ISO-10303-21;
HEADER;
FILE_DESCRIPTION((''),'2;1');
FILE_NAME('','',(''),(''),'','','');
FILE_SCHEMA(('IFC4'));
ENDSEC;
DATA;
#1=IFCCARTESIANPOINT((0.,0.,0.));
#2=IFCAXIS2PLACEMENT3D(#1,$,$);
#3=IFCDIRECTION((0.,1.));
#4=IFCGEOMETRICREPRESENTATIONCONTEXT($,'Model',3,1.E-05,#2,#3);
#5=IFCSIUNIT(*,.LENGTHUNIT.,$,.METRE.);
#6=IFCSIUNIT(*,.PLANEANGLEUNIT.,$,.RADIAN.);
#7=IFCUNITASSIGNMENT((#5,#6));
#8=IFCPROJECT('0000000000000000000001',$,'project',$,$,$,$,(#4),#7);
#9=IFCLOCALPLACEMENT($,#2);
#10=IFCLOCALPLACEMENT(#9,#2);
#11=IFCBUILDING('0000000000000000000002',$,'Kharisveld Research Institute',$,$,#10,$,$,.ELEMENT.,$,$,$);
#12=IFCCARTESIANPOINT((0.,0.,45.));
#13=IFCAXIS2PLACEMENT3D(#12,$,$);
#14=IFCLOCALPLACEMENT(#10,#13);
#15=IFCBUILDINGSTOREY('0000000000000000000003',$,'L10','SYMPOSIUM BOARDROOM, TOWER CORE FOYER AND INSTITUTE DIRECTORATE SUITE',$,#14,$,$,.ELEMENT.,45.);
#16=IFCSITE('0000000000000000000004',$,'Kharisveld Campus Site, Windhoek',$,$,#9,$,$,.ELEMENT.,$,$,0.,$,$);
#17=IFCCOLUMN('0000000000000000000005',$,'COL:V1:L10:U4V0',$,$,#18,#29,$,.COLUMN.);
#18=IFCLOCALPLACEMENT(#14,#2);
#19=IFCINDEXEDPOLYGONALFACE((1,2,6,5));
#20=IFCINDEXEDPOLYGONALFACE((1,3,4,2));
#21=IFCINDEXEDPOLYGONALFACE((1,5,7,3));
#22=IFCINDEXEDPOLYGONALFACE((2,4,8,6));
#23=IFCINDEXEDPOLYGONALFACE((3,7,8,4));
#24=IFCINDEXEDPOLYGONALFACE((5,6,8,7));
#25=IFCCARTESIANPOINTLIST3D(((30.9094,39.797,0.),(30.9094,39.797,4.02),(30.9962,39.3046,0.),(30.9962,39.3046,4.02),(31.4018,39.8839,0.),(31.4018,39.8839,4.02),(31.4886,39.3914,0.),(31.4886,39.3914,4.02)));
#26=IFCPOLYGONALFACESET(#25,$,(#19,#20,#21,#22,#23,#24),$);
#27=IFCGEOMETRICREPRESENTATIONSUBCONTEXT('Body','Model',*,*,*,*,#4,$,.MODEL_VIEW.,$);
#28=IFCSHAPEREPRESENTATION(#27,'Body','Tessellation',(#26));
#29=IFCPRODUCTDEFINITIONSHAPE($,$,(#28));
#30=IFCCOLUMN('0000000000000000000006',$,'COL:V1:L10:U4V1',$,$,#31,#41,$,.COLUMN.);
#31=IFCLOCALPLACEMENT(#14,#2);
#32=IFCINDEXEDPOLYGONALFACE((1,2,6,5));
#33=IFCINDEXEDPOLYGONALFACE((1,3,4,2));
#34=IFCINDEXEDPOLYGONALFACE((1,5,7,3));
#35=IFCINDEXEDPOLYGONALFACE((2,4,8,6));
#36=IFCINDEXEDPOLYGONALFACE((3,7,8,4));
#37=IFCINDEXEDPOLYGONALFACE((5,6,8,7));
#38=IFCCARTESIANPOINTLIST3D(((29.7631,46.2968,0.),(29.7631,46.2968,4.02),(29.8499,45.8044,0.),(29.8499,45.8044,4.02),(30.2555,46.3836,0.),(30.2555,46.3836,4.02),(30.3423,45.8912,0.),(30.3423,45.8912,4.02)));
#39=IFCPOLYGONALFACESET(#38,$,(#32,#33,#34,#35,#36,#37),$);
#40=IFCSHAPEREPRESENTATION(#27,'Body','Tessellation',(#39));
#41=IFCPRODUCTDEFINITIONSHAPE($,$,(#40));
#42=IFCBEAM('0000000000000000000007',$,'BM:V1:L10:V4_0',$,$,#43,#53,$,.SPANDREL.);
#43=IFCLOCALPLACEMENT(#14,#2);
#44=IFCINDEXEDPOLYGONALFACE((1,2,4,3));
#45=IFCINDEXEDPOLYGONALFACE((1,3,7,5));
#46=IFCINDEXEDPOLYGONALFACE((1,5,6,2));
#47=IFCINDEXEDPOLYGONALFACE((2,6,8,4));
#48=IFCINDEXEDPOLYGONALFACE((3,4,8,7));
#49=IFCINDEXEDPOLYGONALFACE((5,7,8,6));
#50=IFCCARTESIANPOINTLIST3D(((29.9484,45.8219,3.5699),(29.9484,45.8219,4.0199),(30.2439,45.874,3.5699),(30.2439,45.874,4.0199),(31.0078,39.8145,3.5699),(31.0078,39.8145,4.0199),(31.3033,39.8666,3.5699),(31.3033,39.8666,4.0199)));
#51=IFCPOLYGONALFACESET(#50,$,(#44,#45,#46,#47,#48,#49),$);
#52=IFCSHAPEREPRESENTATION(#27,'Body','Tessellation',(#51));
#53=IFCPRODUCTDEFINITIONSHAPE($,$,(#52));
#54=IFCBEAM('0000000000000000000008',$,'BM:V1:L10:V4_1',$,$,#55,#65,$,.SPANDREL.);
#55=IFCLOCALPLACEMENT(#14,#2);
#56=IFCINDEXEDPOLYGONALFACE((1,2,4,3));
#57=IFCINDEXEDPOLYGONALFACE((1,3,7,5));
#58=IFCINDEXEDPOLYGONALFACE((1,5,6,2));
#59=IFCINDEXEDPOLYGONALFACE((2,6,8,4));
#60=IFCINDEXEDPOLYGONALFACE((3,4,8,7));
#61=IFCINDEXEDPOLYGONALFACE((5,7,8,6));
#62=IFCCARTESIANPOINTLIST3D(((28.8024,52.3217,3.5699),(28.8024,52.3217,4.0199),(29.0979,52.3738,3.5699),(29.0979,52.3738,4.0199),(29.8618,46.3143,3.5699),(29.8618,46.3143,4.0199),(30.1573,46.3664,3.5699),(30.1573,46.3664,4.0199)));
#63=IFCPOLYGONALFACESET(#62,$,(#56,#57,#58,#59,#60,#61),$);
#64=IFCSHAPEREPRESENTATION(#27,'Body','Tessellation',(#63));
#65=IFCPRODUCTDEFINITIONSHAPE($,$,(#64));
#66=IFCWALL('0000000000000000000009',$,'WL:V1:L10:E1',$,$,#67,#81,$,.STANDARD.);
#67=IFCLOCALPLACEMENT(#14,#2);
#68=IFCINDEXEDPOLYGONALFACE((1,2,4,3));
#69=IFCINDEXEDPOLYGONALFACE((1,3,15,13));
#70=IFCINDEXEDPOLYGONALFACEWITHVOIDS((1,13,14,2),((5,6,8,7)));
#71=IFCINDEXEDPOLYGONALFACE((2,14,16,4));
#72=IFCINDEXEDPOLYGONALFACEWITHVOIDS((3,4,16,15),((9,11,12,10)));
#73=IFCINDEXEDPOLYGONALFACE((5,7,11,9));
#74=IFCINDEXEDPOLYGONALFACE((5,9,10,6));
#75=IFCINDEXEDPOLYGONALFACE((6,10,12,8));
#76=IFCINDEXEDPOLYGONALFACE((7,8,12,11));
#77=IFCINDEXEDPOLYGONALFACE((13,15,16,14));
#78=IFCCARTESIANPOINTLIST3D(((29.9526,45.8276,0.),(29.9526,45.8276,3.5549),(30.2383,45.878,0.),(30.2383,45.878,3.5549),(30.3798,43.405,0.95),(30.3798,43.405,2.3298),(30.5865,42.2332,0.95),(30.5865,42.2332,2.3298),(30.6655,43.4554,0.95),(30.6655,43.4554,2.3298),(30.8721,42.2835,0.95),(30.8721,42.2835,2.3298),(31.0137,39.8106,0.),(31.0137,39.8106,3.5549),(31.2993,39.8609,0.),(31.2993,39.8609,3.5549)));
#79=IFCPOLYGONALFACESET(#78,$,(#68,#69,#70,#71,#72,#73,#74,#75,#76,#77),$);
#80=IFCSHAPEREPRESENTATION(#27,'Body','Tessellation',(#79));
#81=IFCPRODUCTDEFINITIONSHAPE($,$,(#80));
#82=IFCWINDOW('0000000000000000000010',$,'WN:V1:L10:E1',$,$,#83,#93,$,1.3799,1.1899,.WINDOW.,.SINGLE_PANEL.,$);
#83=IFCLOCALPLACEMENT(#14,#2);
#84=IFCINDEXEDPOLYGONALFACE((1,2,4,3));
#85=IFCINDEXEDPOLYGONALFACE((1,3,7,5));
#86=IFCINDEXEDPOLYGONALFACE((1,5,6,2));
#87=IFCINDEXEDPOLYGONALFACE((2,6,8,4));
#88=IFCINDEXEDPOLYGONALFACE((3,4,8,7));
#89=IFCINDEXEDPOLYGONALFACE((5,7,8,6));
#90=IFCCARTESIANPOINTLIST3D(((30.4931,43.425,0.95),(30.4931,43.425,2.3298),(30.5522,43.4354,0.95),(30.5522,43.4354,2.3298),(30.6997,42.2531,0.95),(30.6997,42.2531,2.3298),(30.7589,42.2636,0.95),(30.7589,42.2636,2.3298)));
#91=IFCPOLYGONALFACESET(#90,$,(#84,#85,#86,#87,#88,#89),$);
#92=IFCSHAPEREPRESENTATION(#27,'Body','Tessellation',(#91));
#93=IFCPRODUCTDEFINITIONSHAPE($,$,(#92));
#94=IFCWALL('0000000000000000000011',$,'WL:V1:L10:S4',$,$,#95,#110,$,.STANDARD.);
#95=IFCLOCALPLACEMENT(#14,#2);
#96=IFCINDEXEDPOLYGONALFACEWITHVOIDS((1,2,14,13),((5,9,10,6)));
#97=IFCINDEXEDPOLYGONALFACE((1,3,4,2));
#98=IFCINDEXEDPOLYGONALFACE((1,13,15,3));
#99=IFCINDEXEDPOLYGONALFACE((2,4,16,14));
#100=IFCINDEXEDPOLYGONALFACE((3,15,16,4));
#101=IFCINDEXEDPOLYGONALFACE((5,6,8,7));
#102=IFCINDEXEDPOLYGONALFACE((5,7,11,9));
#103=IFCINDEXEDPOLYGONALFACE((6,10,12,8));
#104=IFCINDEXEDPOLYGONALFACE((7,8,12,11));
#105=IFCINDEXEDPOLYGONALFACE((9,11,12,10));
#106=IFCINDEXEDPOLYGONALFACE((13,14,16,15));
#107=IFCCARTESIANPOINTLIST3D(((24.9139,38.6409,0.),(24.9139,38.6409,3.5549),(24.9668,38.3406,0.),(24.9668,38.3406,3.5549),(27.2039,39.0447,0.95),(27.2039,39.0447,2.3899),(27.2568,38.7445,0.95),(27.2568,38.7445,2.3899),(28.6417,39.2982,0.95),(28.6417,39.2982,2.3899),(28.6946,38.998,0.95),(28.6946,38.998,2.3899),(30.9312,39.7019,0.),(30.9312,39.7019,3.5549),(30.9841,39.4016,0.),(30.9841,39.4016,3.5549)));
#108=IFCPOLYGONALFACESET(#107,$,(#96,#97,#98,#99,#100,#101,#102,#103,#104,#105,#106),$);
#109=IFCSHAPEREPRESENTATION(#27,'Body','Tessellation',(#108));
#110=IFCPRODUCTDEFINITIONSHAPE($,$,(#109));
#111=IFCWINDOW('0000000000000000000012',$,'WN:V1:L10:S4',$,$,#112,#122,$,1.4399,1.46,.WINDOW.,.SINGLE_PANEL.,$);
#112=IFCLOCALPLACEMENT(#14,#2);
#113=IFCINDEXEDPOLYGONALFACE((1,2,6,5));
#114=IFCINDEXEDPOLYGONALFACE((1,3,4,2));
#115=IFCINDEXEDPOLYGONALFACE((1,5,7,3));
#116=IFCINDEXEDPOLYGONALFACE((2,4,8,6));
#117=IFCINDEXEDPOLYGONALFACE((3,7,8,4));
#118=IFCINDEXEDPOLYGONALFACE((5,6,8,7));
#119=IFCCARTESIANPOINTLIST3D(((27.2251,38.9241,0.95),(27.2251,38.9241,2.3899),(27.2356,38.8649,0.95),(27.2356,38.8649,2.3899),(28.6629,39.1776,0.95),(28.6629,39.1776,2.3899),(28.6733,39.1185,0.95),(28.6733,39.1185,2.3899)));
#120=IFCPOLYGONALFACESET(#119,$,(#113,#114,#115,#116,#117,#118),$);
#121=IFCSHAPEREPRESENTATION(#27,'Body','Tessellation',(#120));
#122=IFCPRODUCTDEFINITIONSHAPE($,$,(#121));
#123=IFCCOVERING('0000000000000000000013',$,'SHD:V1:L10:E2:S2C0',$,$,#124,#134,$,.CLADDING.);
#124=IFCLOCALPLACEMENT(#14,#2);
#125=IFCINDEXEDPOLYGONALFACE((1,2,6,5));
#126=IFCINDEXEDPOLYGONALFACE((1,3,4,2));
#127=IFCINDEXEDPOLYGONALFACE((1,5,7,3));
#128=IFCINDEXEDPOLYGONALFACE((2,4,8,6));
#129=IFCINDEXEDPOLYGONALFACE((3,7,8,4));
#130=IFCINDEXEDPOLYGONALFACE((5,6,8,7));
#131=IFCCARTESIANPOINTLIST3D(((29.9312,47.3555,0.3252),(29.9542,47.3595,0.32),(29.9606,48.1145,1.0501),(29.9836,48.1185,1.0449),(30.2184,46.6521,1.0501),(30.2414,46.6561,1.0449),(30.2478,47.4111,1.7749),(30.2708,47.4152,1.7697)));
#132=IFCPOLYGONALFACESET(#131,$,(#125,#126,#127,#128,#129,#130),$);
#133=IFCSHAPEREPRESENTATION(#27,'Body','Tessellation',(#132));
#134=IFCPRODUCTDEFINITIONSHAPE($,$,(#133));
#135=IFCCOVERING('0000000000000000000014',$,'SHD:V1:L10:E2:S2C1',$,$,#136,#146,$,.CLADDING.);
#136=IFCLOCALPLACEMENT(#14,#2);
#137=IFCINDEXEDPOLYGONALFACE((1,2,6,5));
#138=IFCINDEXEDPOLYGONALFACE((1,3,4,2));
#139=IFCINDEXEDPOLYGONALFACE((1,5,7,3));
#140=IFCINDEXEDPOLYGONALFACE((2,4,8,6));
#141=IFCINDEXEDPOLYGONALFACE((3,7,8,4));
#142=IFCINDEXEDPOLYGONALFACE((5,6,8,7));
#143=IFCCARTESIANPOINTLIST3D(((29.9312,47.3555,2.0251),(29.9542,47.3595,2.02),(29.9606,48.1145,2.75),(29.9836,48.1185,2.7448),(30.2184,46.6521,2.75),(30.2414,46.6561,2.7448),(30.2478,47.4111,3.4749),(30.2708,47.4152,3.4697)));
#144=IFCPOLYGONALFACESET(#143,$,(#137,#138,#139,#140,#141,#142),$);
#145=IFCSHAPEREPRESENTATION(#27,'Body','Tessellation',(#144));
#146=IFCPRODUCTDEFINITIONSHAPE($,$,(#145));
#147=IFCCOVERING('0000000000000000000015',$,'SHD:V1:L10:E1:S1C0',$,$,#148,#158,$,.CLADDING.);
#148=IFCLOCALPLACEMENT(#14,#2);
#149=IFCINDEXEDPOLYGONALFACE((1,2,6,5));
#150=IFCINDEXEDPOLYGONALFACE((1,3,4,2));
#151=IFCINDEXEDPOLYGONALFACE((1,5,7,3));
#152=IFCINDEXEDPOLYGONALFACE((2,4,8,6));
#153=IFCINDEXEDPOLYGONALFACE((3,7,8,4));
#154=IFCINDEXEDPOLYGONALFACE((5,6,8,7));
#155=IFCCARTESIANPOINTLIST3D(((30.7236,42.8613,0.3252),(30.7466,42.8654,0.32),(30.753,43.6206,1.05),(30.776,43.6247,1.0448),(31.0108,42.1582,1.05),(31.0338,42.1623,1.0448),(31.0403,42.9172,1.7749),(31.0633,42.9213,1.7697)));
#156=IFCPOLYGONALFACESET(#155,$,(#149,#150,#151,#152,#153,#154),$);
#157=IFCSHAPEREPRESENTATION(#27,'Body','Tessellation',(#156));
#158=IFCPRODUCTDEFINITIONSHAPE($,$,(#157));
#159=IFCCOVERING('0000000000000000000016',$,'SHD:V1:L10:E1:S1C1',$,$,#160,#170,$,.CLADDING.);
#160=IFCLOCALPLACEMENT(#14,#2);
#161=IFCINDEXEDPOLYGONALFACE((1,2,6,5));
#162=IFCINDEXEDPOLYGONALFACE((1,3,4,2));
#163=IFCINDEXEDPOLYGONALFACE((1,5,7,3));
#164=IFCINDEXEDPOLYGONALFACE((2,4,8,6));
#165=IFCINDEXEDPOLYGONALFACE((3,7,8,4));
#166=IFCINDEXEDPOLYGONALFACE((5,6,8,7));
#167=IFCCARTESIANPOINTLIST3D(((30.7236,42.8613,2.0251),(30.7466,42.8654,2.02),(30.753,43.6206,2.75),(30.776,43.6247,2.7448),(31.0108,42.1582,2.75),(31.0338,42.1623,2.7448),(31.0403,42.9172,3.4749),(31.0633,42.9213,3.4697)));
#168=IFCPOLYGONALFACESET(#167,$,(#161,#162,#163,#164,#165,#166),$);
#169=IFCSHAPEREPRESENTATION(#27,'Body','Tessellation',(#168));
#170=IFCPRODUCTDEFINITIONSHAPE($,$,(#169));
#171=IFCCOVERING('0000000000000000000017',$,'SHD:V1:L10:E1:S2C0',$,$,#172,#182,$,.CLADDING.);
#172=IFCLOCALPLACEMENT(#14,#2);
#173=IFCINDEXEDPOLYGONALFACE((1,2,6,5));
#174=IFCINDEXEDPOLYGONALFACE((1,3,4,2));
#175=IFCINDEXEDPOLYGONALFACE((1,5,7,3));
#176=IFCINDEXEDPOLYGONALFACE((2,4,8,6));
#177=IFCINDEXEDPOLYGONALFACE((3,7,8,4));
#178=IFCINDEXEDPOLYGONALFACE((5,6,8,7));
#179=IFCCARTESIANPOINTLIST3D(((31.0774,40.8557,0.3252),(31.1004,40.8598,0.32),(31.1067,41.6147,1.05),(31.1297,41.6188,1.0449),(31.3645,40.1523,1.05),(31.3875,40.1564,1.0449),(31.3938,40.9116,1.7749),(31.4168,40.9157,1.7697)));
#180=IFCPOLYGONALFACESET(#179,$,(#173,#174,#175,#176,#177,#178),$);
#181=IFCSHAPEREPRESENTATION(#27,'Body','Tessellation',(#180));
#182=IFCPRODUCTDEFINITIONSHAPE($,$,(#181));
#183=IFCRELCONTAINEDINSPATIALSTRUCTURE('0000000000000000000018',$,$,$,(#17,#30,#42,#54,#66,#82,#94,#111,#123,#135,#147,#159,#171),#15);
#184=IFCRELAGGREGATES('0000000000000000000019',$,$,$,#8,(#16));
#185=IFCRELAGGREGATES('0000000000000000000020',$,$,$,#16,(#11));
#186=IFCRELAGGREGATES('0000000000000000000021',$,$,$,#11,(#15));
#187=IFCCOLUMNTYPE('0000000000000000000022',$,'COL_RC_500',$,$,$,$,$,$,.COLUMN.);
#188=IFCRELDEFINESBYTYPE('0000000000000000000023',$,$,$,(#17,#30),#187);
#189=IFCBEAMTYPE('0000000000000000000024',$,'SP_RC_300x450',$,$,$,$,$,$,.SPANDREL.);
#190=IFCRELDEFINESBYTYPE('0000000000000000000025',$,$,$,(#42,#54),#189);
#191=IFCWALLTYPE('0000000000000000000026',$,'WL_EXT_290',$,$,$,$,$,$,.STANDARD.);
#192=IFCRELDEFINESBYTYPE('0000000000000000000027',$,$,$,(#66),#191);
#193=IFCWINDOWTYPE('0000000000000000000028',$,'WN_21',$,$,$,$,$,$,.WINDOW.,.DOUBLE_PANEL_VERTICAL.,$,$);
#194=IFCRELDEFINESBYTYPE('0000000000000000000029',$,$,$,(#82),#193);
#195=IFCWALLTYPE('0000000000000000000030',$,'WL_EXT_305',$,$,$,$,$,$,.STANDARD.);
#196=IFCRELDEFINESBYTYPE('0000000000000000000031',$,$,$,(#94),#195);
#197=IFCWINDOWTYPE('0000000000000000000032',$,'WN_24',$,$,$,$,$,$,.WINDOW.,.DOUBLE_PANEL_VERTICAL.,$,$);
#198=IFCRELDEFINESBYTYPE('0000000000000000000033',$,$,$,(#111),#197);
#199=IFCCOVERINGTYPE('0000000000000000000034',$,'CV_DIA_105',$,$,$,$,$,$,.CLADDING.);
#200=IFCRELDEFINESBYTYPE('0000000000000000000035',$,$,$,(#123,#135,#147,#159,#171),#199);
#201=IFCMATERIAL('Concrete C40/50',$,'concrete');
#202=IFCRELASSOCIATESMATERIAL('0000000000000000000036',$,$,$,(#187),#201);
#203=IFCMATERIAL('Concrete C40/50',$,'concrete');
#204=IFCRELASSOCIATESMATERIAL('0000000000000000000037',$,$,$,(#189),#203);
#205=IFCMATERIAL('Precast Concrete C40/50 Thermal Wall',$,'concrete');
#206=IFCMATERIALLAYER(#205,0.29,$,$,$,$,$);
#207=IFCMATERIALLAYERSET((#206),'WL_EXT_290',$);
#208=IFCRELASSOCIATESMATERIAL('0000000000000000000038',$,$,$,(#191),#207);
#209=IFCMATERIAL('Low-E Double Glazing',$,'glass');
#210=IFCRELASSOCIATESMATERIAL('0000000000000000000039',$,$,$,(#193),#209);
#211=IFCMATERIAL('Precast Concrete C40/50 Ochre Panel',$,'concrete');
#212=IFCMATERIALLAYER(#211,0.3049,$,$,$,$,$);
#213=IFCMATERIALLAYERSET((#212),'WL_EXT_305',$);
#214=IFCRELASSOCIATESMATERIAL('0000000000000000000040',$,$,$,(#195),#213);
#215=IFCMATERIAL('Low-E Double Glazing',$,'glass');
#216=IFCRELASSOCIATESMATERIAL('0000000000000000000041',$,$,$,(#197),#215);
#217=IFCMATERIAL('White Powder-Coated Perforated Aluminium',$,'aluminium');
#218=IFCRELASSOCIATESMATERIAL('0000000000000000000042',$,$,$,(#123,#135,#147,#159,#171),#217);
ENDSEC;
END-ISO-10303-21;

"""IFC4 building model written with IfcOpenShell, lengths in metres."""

from ifc_helpers import new_model, si_unit, direction, frame, frame_2d, origin, origin_2d, place, context, subcontext, project, spatial, polyline, rectangle, outline, extrude, material, layer, layer_set, material_profile, profile_set, type_object, element, fill, save


model = new_model("IFC4")

# Units and contexts
model_context = context("Model", 3, precision=1e-05, world=origin(), true_north=direction((0.0, 1.0)))
body_context = subcontext(model_context, "Body", "Model", "MODEL_VIEW")
ifc_project = project(units=[si_unit("LENGTHUNIT", "METRE"), si_unit("PLANEANGLEUNIT", "RADIAN")], contexts=[model_context])

# Site, building, storey
site_placement = place(None, origin())
site = spatial("IfcSite", under=ifc_project, at=site_placement, Name="Kharisveld Campus Site, Windhoek", CompositionType="ELEMENT", RefElevation=0.0)
building_placement = place(site_placement, origin())
building = spatial("IfcBuilding", under=site, at=building_placement, Name="Kharisveld Research Institute", CompositionType="ELEMENT")
storey_placement = place(building_placement, frame((0.0, 0.0, 45.0)))
storey = spatial("IfcBuildingStorey", under=building, at=storey_placement, Name="L10", Description="SYMPOSIUM BOARDROOM, TOWER CORE FOYER AND INSTITUTE DIRECTORATE SUITE", CompositionType="ELEMENT", Elevation=45.0)

# Columns
ifc_material_1 = material(Name="Concrete C40/50", Category="concrete")
ifc_material_profile_1 = material_profile(ifc_material_1, rectangle(XDim=0.5, YDim=0.5, at=origin_2d()))
ifc_profile_set_1 = profile_set([ifc_material_profile_1], Name="Concrete C40/50")
column_type = type_object("IfcColumnType", Name="COL_RC_500", PredefinedType="COLUMN", material=ifc_profile_set_1)
for number, where, z_axis, x_axis, name in (
    (1, (31.199, 39.5942, 0.0), (0.0, 0.0, 1.0), (0.984808, 0.173648, 0.0), "COL:V1:L10:U4V0"),
    (2, (30.0527, 46.094, 0.0), (0.0, 0.0, 1.0), (0.984808, 0.173648, 0.0), "COL:V1:L10:U4V1"),
):
    element("IfcColumn", number, at=place(storey_placement, frame(where, z_axis=z_axis, x_axis=x_axis)), inside=storey, type_object=column_type, Name=name, PredefinedType="COLUMN", context=body_context, shape_type="SweptSolid", body=[
        extrude(rectangle(XDim=0.5, YDim=0.5, at=origin_2d()), origin(), (0.0, 0.0, 1.0), 4.02),
    ])

# Beams
ifc_material_2 = material(Name="Concrete C40/50", Category="concrete")
ifc_material_profile_2 = material_profile(ifc_material_2, rectangle(XDim=0.3, YDim=0.45, at=origin_2d()))
ifc_profile_set_2 = profile_set([ifc_material_profile_2], Name="Concrete C40/50")
beam_type = type_object("IfcBeamType", Name="SP_RC_300x450", PredefinedType="SPANDREL", material=ifc_profile_set_2)
for number, where, z_axis, x_axis, name in (
    (3, (31.1555, 39.8406, 3.7949), (-0.17366, 0.984806, 0.0), (-0.984806, -0.17366, 0.0), "BM:V1:L10:V4_0"),
    (4, (30.0095, 46.3403, 3.7949), (-0.17366, 0.984806, 0.0), (-0.984806, -0.17366, 0.0), "BM:V1:L10:V4_1"),
):
    element("IfcBeam", number, at=place(storey_placement, frame(where, z_axis=z_axis, x_axis=x_axis)), inside=storey, type_object=beam_type, Name=name, PredefinedType="SPANDREL", context=body_context, shape_type="SweptSolid", body=[
        extrude(rectangle(XDim=0.3, YDim=0.45, at=origin_2d()), origin(), (0.0, 0.0, 1.0), 6.1001),
    ])

# Walls, openings, windows
ifc_material_3 = material(Name="Precast Concrete C40/50 Thermal Wall", Category="concrete")
ifc_layer_1 = layer(ifc_material_3, 0.29)
ifc_layer_set_1 = layer_set([ifc_layer_1], Name="WL_EXT_290")
wall_type_1 = type_object("IfcWallType", Name="WL_EXT_290", PredefinedType="STANDARD", material=ifc_layer_set_1)
wall_1_placement = place(storey_placement, frame((30.0955, 45.8528, 0.0), z_axis=(0.0, 0.0, 1.0), x_axis=(0.173658, -0.984806, 0.0)))
wall_1 = element("IfcWall", 5, at=wall_1_placement, inside=storey, type_object=wall_type_1, Name="WL:V1:L10:E1", PredefinedType="STANDARD", context=body_context, shape_type="SweptSolid", body=[
    extrude(rectangle(XDim=6.1099, YDim=0.29, at=frame_2d((3.0549, 0.0))), origin(), (0.0, 0.0, 1.0), 3.5549),
])
opening_1_placement = place(wall_1_placement, frame((2.46, 0.0, 0.95)))
opening_1 = element("IfcOpeningElement", 6, at=opening_1_placement, cuts=wall_1, PredefinedType="OPENING", context=body_context, shape_type="SweptSolid", body=[
    extrude(rectangle(XDim=1.1899, YDim=1.3799, at=frame_2d((0.595, 0.6899))), frame((0.0, 0.145, 0.0), z_axis=(0.0, -1.0, 0.0), x_axis=(1.0, 0.0, 0.0)), (0.0, 0.0, 1.0), 0.29),
])
ifc_material_4 = material(Name="Low-E Double Glazing", Category="glass")
window_type_1 = type_object("IfcWindowType", Name="WN_21", PartitioningType="DOUBLE_PANEL_VERTICAL", PredefinedType="WINDOW", material=ifc_material_4)
window_1_placement = place(opening_1_placement, origin())
window_1 = element("IfcWindow", 7, at=window_1_placement, inside=storey, type_object=window_type_1, Name="WN:V1:L10:E1", OverallHeight=1.3799, OverallWidth=1.1899, PartitioningType="SINGLE_PANEL", PredefinedType="WINDOW", context=body_context, shape_type="SweptSolid", body=[
    extrude(rectangle(XDim=1.1899, YDim=1.3799, at=frame_2d((0.595, 0.6899))), frame((0.0, 0.03, 0.0), z_axis=(0.0, -1.0, 0.0), x_axis=(1.0, 0.0, 0.0)), (0.0, 0.0, 1.0), 0.0601),
])
fill(opening_1, window_1)
ifc_material_5 = material(Name="Precast Concrete C40/50 Ochre Panel", Category="concrete")
ifc_layer_2 = layer(ifc_material_5, 0.3049)
ifc_layer_set_2 = layer_set([ifc_layer_2], Name="WL_EXT_305")
wall_type_2 = type_object("IfcWallType", Name="WL_EXT_305", PredefinedType="STANDARD", material=ifc_layer_set_2)
wall_2_placement = place(storey_placement, frame((30.9578, 39.5518, 0.0), z_axis=(0.0, 0.0, 1.0), x_axis=(-0.984807, -0.173651, 0.0)))
wall_2 = element("IfcWall", 8, at=wall_2_placement, inside=storey, type_object=wall_type_2, Name="WL:V1:L10:S4", PredefinedType="STANDARD", context=body_context, shape_type="SweptSolid", body=[
    extrude(rectangle(XDim=6.1101, YDim=0.3049, at=frame_2d((3.0552, 0.0))), origin(), (0.0, 0.0, 1.0), 3.5549),
])
opening_2_placement = place(wall_2_placement, frame((2.325, 0.0, 0.95)))
opening_2 = element("IfcOpeningElement", 9, at=opening_2_placement, cuts=wall_2, PredefinedType="OPENING", context=body_context, shape_type="SweptSolid", body=[
    extrude(rectangle(XDim=1.46, YDim=1.4399, at=frame_2d((0.73, 0.72))), frame((0.0, 0.1523, 0.0), z_axis=(0.0, -1.0, 0.0), x_axis=(1.0, 0.0, 0.0)), (0.0, 0.0, 1.0), 0.3049),
])
ifc_material_6 = material(Name="Low-E Double Glazing", Category="glass")
window_type_2 = type_object("IfcWindowType", Name="WN_24", PartitioningType="DOUBLE_PANEL_VERTICAL", PredefinedType="WINDOW", material=ifc_material_6)
window_2_placement = place(opening_2_placement, origin())
window_2 = element("IfcWindow", 10, at=window_2_placement, inside=storey, type_object=window_type_2, Name="WN:V1:L10:S4", OverallHeight=1.4399, OverallWidth=1.46, PartitioningType="SINGLE_PANEL", PredefinedType="WINDOW", context=body_context, shape_type="SweptSolid", body=[
    extrude(rectangle(XDim=1.46, YDim=1.4399, at=frame_2d((0.73, 0.72))), frame((0.0, 0.03, 0.0), z_axis=(0.0, -1.0, 0.0), x_axis=(1.0, 0.0, 0.0)), (0.0, 0.0, 1.0), 0.0601),
])
fill(opening_2, window_2)

# Coverings
ifc_material_7 = material(Name="White Powder-Coated Perforated Aluminium", Category="aluminium")
covering_type = type_object("IfcCoveringType", Name="CV_DIA_105", PredefinedType="CLADDING")
for number, where, z_axis, x_axis, name in (
    (11, (29.9312, 47.3555, 0.3252), (-0.961453, -0.169498, 0.216512), (0.273536, -0.66983, 0.690294), "SHD:V1:L10:E2:S2C0"),
    (12, (29.9312, 47.3555, 2.0251), (-0.961453, -0.169498, 0.216512), (0.273536, -0.66983, 0.690294), "SHD:V1:L10:E2:S2C1"),
):
    element("IfcCovering", number, at=place(storey_placement, frame(where, z_axis=z_axis, x_axis=x_axis)), inside=storey, type_object=covering_type, material=ifc_material_7, Name=name, PredefinedType="CLADDING", context=body_context, shape_type="SweptSolid", body=[
        extrude(outline(polyline([(0.0, 0.0), (1.0501, 0.0), (1.0501, 1.05), (0.0, 1.05), (0.0, 0.0)])), origin(), (0.0, 0.0, -1.0), 0.0239),
    ])
for number, where, z_axis, x_axis, name in (
    (13, (30.7236, 42.8613, 0.3252), (-0.961447, -0.169497, 0.21654), (0.27356, -0.66971, 0.690402), "SHD:V1:L10:E1:S1C0"),
    (14, (30.7236, 42.8613, 2.0251), (-0.961447, -0.169497, 0.21654), (0.27356, -0.66971, 0.690402), "SHD:V1:L10:E1:S1C1"),
):
    element("IfcCovering", number, at=place(storey_placement, frame(where, z_axis=z_axis, x_axis=x_axis)), inside=storey, type_object=covering_type, material=ifc_material_7, Name=name, PredefinedType="CLADDING", context=body_context, shape_type="SweptSolid", body=[
        extrude(outline(polyline([(0.0, 0.0), (1.0499, 0.0), (1.0501, 1.05), (0.0, 1.0501), (0.0, 0.0)])), origin(), (0.0, 0.0, -1.0), 0.0239),
    ])
for number, where, z_axis, x_axis, name in (
    (15, (31.0774, 40.8557, 0.3252), (-0.961481, -0.169503, 0.216385), (0.273447, -0.66985, 0.69031), "SHD:V1:L10:E1:S2C0"),
):
    element("IfcCovering", number, at=place(storey_placement, frame(where, z_axis=z_axis, x_axis=x_axis)), inside=storey, type_object=covering_type, material=ifc_material_7, Name=name, PredefinedType="CLADDING", context=body_context, shape_type="SweptSolid", body=[
        extrude(outline(polyline([(0.0, 0.0), (1.05, 0.0), (1.0498, 1.0501), (-0.0001, 1.05), (0.0, 0.0)])), origin(), (0.0, 0.0, -1.0), 0.0239),
    ])

save(model, "model.ifc")
